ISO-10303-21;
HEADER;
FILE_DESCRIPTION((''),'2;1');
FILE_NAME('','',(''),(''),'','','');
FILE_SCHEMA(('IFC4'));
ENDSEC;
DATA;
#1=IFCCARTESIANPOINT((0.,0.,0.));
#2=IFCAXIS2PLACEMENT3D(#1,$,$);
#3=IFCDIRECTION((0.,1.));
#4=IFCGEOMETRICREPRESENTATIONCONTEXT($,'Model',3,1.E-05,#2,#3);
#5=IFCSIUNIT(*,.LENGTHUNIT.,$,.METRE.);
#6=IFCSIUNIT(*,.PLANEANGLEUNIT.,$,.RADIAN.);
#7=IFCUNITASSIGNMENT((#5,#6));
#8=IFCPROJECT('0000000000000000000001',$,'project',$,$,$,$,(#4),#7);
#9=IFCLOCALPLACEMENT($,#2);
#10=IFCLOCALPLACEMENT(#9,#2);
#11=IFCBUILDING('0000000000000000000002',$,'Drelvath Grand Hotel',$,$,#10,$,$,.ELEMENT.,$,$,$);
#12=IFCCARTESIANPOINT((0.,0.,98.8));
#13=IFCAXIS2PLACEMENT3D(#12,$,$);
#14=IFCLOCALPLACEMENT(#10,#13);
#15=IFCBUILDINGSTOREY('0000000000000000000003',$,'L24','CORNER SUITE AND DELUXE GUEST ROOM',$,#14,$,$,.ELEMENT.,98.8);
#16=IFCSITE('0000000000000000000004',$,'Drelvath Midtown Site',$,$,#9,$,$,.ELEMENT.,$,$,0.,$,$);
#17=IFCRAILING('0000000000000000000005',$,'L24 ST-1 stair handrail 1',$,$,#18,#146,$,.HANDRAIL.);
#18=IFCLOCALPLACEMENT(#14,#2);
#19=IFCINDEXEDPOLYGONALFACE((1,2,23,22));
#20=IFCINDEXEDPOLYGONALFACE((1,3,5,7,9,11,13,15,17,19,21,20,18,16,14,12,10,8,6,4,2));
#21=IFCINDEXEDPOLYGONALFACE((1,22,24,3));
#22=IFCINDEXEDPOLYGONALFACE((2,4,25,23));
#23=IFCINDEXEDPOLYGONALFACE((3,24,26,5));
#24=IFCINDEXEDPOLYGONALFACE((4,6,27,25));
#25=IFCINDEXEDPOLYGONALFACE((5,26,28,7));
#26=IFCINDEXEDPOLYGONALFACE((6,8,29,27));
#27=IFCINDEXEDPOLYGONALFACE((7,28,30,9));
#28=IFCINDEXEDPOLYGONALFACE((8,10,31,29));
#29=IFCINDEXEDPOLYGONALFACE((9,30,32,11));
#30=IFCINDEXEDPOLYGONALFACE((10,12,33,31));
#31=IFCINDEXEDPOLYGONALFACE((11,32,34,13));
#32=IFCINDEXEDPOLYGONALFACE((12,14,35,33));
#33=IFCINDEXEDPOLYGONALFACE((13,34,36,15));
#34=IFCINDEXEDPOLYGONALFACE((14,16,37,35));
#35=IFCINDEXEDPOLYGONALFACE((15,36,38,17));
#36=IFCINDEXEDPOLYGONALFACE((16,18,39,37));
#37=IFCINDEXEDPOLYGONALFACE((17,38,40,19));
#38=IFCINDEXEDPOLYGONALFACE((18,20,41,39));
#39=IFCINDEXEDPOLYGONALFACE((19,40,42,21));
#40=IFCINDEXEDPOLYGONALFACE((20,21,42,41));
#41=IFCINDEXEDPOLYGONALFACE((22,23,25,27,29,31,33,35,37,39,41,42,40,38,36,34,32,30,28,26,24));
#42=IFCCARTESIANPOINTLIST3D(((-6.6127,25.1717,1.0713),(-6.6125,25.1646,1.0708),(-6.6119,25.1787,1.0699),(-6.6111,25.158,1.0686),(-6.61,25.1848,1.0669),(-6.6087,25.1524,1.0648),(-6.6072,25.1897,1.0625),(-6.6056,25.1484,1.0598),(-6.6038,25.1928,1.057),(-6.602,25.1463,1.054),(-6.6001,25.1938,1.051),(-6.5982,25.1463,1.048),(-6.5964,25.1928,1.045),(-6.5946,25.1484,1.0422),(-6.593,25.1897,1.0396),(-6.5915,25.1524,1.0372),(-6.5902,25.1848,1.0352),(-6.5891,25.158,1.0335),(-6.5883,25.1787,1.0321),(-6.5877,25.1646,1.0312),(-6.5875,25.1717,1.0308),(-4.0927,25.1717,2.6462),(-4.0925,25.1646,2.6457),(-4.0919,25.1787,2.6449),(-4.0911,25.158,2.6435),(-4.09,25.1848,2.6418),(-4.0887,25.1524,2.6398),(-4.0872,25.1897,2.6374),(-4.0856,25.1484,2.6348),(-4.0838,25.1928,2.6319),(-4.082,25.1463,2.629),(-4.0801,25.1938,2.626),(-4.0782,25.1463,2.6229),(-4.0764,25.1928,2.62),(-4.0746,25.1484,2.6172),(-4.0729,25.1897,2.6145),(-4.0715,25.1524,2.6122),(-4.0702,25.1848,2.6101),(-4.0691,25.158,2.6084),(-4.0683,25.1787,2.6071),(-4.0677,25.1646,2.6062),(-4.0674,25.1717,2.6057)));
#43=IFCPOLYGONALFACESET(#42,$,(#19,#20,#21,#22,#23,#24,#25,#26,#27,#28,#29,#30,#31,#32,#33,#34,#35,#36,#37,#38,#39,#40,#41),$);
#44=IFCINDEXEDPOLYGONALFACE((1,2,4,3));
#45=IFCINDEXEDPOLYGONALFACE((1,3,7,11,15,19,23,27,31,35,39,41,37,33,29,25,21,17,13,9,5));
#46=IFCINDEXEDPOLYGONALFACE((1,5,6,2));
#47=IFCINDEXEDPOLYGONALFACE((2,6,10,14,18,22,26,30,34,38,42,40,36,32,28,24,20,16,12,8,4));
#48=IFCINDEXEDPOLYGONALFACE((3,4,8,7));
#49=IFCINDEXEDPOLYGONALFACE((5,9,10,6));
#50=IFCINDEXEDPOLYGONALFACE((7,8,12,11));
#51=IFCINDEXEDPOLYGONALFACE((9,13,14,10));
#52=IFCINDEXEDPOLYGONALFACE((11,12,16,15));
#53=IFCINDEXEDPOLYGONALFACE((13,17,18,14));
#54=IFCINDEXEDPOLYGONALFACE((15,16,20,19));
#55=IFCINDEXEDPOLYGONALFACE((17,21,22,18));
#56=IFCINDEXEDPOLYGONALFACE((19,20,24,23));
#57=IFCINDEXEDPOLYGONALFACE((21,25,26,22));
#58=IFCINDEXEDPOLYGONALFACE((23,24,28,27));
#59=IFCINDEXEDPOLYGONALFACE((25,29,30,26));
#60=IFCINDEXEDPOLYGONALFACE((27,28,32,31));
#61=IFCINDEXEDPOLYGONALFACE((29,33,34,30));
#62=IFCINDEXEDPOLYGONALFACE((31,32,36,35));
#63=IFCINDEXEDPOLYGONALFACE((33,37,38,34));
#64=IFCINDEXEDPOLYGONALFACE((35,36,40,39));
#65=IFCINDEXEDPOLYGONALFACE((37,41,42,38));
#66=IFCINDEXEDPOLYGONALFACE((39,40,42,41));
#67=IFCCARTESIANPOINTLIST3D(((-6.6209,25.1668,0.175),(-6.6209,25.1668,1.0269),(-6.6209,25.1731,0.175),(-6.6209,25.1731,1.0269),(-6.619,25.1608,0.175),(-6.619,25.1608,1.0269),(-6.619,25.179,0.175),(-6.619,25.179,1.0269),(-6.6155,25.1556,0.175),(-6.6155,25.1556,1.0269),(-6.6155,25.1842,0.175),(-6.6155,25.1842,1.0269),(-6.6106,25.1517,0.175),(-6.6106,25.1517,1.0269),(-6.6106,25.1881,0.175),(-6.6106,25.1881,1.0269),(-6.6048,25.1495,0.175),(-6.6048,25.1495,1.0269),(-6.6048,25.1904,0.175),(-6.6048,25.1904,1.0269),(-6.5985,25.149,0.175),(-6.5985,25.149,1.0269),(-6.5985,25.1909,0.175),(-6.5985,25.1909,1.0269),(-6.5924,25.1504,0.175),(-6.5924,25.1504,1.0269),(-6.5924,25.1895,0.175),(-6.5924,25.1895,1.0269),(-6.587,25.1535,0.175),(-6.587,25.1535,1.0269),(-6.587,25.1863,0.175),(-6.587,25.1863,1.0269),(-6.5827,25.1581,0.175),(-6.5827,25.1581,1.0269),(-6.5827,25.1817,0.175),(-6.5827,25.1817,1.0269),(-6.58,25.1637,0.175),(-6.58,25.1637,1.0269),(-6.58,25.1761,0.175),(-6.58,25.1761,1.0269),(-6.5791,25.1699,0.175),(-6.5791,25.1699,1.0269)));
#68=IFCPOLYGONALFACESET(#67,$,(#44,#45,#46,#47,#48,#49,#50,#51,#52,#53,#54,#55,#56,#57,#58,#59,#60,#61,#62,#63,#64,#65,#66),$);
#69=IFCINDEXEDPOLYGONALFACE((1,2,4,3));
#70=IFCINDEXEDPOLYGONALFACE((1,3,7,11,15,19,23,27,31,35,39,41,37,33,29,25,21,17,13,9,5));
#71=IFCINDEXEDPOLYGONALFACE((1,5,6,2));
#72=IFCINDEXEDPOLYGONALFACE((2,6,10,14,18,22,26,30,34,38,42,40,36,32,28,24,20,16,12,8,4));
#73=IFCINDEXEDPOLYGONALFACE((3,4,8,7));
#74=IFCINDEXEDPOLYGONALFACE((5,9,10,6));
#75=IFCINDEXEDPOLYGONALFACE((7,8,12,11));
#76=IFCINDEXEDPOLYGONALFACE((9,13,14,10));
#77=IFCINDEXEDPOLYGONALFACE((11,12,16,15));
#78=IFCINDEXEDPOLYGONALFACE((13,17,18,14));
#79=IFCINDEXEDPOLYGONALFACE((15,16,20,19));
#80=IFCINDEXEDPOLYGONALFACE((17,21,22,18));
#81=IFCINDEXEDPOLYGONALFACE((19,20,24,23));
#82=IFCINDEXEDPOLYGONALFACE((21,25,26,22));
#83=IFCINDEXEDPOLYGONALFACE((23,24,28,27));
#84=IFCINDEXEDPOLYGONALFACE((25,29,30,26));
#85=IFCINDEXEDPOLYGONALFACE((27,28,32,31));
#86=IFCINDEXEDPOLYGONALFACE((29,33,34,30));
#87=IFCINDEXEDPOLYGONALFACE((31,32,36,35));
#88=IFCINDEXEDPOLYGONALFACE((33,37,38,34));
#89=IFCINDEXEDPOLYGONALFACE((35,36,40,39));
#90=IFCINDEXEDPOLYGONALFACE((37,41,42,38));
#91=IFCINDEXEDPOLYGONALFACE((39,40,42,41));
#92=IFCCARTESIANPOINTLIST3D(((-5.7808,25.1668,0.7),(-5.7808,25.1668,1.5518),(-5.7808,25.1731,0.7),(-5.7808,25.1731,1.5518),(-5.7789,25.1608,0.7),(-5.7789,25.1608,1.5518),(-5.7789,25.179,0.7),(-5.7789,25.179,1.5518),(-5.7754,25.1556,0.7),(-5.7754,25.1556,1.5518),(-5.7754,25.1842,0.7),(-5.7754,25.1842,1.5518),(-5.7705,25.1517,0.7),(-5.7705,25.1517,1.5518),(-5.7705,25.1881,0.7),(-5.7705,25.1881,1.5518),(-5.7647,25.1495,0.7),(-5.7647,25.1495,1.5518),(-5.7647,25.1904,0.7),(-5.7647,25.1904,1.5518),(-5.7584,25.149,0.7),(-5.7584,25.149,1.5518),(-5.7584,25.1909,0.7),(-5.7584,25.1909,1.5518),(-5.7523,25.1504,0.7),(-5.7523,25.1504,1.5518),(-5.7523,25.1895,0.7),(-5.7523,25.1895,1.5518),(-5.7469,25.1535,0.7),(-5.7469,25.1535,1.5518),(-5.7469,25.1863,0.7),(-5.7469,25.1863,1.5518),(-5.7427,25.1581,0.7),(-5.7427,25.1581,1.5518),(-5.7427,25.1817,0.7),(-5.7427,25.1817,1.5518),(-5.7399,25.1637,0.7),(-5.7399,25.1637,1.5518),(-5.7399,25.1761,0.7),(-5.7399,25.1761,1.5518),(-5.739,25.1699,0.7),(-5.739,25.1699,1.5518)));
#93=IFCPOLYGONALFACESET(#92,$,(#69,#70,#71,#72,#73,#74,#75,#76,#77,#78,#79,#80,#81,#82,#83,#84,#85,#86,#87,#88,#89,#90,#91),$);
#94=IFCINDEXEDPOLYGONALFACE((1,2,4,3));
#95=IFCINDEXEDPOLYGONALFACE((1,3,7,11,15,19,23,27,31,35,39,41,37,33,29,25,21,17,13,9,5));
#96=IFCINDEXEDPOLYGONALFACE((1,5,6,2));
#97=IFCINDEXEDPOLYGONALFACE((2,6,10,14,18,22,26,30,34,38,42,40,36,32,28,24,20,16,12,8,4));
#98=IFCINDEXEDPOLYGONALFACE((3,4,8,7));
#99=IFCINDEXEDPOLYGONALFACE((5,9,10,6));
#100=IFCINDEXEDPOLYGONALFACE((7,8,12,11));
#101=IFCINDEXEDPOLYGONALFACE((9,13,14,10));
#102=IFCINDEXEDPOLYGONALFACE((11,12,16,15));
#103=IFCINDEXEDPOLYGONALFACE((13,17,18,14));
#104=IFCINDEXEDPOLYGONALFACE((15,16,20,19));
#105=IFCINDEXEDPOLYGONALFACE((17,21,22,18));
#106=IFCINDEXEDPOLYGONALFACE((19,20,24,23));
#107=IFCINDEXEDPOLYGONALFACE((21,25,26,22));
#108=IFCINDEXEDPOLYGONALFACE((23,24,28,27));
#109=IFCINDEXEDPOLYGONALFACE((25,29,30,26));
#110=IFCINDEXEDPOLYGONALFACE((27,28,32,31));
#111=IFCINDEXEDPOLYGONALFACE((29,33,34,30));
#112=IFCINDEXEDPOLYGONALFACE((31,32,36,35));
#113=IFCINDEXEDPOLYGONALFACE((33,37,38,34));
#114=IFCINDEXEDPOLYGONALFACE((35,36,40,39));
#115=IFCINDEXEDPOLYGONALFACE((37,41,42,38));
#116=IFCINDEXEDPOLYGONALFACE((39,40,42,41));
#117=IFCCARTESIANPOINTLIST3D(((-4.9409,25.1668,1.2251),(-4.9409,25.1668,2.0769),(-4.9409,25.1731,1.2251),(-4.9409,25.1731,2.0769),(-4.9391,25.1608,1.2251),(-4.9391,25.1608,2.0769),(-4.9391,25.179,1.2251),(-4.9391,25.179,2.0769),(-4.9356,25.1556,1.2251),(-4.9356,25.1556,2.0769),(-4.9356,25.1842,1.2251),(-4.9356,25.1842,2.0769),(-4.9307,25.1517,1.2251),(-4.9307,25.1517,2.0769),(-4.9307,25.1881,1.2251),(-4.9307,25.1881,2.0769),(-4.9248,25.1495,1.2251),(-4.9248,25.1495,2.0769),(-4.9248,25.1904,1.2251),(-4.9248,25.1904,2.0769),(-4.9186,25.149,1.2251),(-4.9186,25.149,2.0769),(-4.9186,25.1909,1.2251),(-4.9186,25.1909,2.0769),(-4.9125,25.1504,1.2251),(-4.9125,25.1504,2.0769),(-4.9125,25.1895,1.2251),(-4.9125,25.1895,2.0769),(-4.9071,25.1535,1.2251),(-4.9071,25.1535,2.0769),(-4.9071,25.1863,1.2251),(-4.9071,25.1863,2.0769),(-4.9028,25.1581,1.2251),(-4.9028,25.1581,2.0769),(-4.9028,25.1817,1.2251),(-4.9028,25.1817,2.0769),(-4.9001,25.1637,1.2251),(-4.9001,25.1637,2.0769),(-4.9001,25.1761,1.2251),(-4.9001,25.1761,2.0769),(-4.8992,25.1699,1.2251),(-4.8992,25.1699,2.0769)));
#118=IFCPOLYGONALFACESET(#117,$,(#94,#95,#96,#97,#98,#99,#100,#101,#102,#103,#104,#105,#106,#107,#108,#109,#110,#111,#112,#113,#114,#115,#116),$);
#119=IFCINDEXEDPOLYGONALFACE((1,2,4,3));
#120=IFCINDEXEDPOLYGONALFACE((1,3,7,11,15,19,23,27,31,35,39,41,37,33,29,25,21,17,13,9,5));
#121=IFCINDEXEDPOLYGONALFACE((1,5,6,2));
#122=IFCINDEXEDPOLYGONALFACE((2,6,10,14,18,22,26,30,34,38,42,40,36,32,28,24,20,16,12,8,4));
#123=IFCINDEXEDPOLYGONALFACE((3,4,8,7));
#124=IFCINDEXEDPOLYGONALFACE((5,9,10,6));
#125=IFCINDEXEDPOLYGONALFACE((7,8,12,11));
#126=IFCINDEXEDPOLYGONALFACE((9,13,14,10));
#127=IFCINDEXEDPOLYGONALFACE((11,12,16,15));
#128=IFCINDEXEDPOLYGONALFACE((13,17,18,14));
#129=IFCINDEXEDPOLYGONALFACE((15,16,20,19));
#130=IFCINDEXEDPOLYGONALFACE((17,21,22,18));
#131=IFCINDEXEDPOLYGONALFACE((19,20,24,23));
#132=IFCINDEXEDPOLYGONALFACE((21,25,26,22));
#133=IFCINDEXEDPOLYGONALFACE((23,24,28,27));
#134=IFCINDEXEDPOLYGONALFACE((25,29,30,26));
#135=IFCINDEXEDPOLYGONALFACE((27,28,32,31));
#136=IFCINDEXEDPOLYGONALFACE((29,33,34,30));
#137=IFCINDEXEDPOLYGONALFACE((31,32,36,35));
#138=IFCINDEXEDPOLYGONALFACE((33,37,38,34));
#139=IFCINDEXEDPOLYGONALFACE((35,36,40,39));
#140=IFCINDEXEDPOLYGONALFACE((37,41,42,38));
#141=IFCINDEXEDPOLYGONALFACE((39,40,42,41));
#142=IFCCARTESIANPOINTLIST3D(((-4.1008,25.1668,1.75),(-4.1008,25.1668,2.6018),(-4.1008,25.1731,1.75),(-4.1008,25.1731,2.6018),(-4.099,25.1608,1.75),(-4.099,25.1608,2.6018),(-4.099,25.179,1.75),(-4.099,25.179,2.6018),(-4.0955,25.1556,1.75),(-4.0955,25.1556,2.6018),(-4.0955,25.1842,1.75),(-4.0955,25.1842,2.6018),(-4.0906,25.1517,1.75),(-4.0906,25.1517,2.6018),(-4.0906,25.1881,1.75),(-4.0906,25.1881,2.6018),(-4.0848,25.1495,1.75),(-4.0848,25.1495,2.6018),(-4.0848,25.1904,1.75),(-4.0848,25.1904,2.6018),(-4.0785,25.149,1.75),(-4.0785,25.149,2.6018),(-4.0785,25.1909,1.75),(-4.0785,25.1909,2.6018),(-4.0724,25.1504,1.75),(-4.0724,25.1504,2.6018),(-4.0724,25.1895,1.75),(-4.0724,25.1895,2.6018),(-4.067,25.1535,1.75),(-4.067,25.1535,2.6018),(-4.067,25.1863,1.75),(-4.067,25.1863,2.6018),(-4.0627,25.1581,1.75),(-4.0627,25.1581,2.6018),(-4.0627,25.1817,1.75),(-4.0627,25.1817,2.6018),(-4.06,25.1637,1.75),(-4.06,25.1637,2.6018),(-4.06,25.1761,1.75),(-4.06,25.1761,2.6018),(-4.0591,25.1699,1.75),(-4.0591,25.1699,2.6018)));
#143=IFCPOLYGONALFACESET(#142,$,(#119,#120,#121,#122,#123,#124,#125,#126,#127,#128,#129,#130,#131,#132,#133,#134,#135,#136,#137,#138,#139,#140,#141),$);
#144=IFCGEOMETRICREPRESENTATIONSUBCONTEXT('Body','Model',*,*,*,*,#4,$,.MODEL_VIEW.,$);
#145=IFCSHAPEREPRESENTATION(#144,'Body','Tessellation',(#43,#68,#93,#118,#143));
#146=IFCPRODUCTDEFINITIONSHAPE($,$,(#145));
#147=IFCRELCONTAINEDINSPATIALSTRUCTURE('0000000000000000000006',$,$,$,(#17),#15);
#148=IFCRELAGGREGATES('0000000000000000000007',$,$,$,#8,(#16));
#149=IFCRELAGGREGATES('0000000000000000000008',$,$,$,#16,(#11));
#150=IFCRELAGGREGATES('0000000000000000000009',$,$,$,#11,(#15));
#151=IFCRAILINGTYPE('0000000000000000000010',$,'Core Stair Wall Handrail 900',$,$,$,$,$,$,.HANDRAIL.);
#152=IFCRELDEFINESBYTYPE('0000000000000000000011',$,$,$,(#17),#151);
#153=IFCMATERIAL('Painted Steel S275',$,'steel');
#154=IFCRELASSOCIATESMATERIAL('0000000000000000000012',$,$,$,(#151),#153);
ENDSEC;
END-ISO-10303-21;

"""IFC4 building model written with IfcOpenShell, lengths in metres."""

from ifc_helpers import new_model, si_unit, direction, frame, origin, origin_2d, place, context, subcontext, project, spatial, circle, extrude, material, type_object, element, save


model = new_model("IFC4")

# Units and contexts
model_context = context("Model", 3, precision=1e-05, world=origin(), true_north=direction((0.0, 1.0)))
body_context = subcontext(model_context, "Body", "Model", "MODEL_VIEW")
ifc_project = project(units=[si_unit("LENGTHUNIT", "METRE"), si_unit("PLANEANGLEUNIT", "RADIAN")], contexts=[model_context])

# Site, building, storey
site_placement = place(None, origin())
site = spatial("IfcSite", under=ifc_project, at=site_placement, Name="Drelvath Midtown Site", CompositionType="ELEMENT", RefElevation=0.0)
building_placement = place(site_placement, origin())
building = spatial("IfcBuilding", under=site, at=building_placement, Name="Drelvath Grand Hotel", CompositionType="ELEMENT")
storey_placement = place(building_placement, frame((0.0, 0.0, 98.8)))
storey = spatial("IfcBuildingStorey", under=building, at=storey_placement, Name="L24", Description="CORNER SUITE AND DELUXE GUEST ROOM", CompositionType="ELEMENT", Elevation=98.8)

# Shared definitions
ifc_material_1 = material(Name="Painted Steel S275", Category="steel")

# Railing
railing_type_1 = type_object("IfcRailingType", Name="Core Stair Wall Handrail 900", PredefinedType="HANDRAIL", material=ifc_material_1)
railing_1_placement = place(storey_placement, frame((-6.6001, 25.1699, 0.175)))
element("IfcRailing", 1, at=railing_1_placement, inside=storey, type_object=railing_type_1, Name="L24 ST-1 stair handrail 1", PredefinedType="HANDRAIL", context=body_context, shape_type="SweptSolid", body=[
    extrude(circle(Radius=0.0239, at=origin_2d()), frame((0.0, 0.0, 0.876), z_axis=(0.848008, 0.0, 0.529984), x_axis=(0.0, 1.0, 0.0)), (0.0, 0.0, 1.0), 2.9717),
    extrude(circle(Radius=0.021, at=origin_2d()), origin(), (0.0, 0.0, 1.0), 0.8518),
    extrude(circle(Radius=0.021, at=origin_2d()), frame((0.8401, 0.0, 0.5249)), (0.0, 0.0, 1.0), 0.8518),
    extrude(circle(Radius=0.021, at=origin_2d()), frame((1.6799, 0.0, 1.05)), (0.0, 0.0, 1.0), 0.8518),
    extrude(circle(Radius=0.021, at=origin_2d()), frame((2.52, 0.0, 1.575)), (0.0, 0.0, 1.0), 0.8518),
])

save(model, "model.ifc")
